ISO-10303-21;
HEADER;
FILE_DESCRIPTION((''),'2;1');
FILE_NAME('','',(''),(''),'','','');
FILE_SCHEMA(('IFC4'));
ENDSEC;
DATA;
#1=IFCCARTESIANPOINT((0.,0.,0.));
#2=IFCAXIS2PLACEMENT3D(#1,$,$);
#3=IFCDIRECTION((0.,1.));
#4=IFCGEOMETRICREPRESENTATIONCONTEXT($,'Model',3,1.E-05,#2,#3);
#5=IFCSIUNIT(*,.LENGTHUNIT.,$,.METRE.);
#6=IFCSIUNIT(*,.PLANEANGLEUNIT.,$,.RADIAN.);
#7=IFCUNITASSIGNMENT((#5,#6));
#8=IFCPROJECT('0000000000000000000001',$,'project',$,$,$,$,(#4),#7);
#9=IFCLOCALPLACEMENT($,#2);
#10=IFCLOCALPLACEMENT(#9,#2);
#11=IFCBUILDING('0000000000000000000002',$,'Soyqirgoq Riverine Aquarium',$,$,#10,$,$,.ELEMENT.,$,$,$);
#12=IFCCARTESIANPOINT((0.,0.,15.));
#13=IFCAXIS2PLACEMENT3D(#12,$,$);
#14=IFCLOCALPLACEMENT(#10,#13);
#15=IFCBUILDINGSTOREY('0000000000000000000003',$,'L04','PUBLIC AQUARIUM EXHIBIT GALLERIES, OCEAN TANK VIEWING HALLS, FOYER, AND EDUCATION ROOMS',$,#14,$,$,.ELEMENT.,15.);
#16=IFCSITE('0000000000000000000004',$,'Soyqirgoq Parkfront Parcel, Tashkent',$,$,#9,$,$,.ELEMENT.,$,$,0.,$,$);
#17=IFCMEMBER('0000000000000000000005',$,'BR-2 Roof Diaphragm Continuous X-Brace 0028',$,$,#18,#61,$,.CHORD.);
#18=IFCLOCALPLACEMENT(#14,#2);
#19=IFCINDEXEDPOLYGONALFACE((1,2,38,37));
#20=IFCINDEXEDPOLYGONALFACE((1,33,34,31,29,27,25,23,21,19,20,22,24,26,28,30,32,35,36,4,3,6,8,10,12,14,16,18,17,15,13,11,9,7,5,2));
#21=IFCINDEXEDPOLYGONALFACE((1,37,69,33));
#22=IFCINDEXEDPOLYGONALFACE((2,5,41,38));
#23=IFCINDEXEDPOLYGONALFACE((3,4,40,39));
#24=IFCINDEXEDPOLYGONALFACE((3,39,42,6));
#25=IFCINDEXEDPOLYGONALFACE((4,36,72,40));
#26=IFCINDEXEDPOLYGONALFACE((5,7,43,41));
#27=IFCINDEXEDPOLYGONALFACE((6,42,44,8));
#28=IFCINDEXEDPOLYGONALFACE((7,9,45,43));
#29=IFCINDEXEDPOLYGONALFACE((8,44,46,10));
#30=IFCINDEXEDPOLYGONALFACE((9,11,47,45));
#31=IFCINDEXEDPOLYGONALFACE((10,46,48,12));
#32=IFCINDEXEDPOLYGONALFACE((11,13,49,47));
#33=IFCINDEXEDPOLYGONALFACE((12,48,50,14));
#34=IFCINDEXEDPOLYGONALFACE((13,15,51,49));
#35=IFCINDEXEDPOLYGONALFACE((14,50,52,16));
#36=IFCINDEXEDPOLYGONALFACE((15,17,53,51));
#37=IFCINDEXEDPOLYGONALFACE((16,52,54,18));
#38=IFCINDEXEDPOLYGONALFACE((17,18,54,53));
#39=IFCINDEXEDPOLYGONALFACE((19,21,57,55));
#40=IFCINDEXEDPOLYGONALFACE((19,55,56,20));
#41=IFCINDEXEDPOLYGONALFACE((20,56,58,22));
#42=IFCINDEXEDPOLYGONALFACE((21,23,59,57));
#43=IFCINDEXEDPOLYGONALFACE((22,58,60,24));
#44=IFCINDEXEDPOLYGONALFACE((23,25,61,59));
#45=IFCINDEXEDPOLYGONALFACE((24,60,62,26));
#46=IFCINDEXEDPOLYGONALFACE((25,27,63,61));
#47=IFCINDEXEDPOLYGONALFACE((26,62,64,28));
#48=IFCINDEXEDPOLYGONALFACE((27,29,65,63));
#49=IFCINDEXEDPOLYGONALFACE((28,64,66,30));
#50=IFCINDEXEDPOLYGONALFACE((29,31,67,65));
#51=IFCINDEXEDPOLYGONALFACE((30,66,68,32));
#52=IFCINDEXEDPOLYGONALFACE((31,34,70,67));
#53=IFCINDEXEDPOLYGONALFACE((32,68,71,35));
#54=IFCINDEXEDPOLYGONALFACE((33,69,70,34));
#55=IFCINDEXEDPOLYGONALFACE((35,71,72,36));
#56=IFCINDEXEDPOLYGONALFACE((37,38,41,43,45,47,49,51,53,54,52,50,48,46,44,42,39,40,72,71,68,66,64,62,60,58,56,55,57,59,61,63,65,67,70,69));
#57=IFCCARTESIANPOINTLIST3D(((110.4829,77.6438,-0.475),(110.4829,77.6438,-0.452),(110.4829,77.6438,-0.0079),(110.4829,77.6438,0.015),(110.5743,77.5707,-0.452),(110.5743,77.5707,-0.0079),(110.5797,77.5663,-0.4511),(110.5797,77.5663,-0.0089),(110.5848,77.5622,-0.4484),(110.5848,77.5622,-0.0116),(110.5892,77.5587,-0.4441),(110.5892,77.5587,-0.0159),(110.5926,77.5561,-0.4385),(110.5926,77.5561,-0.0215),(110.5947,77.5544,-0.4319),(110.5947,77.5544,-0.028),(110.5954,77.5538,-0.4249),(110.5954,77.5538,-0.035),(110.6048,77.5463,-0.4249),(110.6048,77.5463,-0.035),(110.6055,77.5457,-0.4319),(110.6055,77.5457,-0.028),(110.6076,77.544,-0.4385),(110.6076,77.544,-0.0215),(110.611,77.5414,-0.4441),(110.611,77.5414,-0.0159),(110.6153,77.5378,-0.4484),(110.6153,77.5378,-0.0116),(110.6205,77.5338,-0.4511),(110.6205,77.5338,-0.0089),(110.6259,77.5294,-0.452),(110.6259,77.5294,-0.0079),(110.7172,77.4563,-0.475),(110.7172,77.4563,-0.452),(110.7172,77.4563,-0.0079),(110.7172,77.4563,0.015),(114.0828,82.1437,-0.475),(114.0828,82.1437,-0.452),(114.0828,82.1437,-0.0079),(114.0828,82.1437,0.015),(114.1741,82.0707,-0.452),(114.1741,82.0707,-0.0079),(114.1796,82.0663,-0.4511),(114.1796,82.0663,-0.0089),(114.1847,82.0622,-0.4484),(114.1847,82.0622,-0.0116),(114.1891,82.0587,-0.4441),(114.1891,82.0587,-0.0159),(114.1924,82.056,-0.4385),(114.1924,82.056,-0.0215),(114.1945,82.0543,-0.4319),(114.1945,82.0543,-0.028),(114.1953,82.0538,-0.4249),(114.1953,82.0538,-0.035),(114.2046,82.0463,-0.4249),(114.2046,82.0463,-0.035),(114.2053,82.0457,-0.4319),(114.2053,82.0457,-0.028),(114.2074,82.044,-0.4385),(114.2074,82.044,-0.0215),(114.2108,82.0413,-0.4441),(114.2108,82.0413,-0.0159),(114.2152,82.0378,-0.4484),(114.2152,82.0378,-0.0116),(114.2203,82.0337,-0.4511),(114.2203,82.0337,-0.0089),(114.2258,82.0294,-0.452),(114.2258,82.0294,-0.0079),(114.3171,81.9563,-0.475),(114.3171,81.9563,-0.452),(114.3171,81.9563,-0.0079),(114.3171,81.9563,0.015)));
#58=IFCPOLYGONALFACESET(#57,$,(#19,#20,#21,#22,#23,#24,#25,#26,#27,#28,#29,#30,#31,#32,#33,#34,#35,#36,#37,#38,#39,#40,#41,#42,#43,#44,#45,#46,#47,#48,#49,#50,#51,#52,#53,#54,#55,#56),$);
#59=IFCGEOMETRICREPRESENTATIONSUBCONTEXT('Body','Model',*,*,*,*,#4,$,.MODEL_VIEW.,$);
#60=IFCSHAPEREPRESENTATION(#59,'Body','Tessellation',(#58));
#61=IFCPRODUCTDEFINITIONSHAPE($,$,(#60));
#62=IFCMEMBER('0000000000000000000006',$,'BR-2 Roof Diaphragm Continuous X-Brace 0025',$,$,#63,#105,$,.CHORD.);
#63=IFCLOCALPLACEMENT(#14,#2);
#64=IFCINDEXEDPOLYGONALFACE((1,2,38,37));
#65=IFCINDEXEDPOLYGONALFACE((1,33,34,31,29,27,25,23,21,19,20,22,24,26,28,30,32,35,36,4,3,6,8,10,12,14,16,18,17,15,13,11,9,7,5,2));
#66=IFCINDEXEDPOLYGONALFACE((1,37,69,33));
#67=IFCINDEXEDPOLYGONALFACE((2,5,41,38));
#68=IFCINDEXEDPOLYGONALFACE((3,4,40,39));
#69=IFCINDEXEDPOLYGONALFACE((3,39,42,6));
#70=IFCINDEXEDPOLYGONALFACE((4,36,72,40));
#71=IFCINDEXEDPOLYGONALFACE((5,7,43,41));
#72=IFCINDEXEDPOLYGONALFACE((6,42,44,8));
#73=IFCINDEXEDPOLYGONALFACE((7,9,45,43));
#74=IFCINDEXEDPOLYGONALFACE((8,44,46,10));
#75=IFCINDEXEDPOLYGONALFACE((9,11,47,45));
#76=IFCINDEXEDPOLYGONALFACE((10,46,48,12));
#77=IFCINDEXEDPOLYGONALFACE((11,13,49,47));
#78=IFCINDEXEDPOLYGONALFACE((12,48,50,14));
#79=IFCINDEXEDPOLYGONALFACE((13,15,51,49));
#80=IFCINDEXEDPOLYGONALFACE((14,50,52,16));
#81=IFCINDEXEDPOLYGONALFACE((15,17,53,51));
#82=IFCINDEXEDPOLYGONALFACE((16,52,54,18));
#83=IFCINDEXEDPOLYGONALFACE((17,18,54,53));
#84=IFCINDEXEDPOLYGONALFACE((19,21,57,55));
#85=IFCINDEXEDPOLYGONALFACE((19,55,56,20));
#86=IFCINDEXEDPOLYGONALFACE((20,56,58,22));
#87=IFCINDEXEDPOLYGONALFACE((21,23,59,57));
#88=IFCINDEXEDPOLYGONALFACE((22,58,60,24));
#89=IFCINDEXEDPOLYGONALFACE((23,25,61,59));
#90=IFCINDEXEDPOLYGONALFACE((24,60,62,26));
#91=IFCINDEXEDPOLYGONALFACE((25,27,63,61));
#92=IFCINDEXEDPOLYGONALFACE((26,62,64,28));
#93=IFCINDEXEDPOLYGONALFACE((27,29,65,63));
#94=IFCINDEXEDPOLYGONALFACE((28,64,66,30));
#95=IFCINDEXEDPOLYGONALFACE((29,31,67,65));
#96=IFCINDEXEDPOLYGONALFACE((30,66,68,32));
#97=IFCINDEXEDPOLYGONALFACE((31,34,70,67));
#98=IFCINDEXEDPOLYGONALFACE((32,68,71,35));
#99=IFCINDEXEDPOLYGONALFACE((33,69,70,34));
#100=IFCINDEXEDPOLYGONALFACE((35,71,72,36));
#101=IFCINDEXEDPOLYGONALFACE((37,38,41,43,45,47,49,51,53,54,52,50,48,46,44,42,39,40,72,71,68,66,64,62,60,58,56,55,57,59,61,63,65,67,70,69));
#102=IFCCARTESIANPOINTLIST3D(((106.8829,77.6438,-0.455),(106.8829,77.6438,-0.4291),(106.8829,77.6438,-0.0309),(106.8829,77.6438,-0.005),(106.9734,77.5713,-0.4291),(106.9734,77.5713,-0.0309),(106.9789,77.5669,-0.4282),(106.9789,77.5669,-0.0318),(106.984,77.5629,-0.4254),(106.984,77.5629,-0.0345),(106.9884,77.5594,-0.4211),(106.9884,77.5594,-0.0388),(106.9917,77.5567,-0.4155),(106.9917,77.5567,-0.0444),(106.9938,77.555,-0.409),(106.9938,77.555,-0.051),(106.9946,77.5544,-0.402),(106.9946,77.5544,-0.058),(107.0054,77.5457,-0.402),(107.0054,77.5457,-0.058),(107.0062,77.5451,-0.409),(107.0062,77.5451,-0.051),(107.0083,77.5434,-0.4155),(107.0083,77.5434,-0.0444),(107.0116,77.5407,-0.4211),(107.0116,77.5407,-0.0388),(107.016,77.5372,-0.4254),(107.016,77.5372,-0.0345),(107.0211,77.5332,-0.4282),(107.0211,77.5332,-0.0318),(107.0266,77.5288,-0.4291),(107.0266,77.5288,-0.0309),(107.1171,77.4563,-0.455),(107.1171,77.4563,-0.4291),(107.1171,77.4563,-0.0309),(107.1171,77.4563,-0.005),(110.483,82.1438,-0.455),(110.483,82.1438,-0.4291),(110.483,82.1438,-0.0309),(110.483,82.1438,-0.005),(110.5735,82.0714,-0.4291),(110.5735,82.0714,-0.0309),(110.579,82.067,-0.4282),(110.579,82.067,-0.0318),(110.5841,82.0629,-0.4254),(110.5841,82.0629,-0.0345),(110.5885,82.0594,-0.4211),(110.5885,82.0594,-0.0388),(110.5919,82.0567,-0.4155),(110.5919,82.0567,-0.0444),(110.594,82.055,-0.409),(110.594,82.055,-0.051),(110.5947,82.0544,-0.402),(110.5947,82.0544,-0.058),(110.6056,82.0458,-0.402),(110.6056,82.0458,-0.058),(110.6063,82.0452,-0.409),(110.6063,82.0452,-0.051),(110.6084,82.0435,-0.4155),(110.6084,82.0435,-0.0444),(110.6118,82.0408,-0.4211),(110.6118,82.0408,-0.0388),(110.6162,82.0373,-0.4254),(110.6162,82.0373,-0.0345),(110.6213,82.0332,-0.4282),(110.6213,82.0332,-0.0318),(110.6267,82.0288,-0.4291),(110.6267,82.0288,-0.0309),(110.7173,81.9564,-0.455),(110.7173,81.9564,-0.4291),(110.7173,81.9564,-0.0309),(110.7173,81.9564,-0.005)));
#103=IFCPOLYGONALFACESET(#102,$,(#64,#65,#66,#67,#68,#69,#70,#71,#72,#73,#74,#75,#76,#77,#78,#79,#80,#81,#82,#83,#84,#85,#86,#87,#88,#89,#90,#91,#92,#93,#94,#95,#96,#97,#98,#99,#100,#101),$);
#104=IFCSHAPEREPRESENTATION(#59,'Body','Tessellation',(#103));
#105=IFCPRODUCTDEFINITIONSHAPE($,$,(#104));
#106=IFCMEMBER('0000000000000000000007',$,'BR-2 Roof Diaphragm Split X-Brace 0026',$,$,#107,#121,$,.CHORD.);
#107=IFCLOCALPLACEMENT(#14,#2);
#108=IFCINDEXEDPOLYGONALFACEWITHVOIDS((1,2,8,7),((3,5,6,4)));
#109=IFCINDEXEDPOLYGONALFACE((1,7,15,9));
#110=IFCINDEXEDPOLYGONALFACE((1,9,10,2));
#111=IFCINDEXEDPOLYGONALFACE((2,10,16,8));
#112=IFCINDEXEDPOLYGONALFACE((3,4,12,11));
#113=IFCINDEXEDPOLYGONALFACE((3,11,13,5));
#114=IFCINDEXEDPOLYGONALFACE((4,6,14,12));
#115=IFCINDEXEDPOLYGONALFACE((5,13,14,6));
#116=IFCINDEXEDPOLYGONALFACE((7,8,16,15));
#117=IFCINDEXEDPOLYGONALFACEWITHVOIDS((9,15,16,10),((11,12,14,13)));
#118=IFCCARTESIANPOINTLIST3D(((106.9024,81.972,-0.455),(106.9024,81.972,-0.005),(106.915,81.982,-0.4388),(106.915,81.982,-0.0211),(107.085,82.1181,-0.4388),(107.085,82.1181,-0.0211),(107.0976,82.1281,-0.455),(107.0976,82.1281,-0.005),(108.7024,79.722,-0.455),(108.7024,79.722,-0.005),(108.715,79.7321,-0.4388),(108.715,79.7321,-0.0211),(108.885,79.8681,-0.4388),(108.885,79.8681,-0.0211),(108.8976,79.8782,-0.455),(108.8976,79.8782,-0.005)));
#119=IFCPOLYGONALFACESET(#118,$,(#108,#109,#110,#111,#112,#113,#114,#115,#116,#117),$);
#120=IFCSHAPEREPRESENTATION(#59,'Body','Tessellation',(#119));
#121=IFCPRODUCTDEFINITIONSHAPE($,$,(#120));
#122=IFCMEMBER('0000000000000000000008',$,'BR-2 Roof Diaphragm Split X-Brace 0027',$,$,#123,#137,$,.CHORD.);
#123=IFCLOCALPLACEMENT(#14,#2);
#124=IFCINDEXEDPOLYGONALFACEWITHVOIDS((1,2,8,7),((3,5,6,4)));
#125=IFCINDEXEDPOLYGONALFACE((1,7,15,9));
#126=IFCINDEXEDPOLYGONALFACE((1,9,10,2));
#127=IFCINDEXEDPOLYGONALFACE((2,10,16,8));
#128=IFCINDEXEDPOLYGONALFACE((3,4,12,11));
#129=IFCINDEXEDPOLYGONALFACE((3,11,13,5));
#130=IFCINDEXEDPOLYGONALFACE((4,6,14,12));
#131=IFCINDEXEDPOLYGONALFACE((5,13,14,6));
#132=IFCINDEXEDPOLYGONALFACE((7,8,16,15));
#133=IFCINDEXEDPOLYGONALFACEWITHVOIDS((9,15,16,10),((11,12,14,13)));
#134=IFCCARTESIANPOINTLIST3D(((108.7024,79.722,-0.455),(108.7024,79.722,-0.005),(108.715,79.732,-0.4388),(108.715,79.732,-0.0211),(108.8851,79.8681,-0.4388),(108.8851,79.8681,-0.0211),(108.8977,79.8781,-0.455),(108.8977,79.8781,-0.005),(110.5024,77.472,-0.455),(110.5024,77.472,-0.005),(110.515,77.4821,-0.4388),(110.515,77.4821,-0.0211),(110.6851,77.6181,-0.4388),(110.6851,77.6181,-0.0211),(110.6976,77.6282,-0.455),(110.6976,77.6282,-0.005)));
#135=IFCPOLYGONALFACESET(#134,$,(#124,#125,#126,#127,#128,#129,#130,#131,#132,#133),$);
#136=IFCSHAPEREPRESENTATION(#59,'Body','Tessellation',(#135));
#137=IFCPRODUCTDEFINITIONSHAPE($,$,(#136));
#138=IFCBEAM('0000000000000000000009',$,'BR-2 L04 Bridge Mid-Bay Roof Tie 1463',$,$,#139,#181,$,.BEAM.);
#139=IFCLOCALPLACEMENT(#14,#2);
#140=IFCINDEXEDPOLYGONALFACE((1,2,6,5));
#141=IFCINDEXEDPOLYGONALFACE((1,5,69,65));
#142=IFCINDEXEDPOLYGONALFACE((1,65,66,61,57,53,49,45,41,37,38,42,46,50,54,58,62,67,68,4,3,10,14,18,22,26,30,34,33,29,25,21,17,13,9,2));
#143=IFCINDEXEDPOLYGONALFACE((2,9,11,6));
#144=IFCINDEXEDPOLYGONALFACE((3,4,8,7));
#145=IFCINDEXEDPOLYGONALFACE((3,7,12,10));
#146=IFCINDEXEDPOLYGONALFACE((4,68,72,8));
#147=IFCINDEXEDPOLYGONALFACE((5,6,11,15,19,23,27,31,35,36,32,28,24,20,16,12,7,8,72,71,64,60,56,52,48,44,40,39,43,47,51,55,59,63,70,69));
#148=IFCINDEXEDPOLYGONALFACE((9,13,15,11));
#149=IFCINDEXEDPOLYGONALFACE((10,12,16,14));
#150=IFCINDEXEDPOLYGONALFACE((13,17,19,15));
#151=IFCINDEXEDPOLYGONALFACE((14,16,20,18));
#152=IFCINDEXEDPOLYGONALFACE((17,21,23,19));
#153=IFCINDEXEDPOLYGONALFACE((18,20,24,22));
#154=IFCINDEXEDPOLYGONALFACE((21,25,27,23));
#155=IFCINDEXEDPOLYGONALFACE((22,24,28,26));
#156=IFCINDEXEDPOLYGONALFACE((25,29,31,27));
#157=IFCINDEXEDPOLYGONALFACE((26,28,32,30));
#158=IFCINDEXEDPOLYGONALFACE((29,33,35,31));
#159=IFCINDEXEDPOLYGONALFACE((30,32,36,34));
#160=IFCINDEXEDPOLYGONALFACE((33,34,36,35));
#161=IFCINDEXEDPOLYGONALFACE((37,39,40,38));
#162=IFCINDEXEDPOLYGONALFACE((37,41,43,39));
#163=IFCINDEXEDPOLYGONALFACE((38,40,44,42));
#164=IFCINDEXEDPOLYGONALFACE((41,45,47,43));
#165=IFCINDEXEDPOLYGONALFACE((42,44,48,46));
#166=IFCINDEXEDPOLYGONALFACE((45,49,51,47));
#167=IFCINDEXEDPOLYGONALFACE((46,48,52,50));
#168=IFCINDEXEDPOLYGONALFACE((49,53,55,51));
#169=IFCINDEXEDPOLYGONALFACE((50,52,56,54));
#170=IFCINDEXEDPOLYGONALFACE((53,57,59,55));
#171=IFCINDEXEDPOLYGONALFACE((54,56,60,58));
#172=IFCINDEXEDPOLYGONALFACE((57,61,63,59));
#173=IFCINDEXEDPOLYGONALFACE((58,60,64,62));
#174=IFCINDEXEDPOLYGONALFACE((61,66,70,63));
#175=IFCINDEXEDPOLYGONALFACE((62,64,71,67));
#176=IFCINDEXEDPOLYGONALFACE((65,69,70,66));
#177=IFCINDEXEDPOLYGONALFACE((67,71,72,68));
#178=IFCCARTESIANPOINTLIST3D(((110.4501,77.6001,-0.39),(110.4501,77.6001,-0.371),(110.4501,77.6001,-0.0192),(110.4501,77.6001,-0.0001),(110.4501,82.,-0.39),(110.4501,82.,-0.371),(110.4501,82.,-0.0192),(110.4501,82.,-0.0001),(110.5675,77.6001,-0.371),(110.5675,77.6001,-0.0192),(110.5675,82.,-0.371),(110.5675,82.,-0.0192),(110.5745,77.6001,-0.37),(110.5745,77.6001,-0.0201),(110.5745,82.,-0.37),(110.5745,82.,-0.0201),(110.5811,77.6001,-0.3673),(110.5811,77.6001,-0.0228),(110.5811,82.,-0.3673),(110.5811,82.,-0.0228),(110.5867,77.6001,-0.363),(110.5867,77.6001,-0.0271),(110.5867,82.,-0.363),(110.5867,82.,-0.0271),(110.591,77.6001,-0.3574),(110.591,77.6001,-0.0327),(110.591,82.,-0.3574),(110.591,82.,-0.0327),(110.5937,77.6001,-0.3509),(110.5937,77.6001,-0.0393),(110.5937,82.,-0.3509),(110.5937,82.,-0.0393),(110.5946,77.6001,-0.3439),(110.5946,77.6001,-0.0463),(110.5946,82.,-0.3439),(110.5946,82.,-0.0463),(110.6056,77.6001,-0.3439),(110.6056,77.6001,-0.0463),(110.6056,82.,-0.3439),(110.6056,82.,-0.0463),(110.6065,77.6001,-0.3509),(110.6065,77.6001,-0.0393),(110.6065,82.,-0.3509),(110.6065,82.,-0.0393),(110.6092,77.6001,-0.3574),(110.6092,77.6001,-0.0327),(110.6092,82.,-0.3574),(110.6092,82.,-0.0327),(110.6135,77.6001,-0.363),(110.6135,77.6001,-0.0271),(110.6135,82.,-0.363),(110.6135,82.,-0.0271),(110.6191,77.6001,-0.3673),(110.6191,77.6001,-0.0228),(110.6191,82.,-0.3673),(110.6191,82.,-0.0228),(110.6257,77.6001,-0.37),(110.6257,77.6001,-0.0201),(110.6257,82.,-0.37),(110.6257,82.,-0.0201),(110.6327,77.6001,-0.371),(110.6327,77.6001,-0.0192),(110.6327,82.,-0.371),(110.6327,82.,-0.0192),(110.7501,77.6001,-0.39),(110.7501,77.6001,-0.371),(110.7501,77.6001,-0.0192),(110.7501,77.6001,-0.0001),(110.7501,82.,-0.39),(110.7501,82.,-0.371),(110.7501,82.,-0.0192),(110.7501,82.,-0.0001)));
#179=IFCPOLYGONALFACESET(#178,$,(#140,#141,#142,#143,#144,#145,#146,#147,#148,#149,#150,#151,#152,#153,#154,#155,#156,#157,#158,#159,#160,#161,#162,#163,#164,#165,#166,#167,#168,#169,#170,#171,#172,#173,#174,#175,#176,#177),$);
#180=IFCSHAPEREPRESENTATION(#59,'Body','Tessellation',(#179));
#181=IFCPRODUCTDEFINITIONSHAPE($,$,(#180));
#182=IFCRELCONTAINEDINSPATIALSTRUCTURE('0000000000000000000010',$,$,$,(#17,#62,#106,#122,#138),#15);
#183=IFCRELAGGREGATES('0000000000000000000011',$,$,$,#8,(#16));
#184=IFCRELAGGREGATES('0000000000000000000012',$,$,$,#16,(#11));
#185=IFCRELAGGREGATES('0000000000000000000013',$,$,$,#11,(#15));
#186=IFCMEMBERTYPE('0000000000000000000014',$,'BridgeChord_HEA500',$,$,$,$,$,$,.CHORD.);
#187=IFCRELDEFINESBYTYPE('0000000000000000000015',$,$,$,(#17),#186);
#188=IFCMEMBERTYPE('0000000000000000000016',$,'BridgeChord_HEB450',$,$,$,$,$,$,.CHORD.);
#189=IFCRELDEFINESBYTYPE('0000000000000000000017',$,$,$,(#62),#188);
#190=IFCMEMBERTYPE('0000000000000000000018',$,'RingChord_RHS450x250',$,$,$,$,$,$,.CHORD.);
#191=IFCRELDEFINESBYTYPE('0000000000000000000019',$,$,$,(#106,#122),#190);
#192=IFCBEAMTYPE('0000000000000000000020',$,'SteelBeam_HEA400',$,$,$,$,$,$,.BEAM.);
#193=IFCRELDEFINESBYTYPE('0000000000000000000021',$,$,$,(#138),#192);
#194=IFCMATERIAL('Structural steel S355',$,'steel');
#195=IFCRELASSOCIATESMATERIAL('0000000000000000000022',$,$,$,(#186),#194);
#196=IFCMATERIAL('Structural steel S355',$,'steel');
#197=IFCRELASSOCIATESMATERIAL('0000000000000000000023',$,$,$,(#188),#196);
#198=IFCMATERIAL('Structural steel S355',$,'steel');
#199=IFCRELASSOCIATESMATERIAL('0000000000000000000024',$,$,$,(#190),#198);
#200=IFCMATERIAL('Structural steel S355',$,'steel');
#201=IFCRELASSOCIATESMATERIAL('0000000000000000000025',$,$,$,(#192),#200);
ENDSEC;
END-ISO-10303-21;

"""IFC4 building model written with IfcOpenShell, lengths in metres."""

from ifc_helpers import new_model, si_unit, direction, frame, origin, origin_2d, place, context, subcontext, project, spatial, hollow_rectangle, i_section, extrude, material, material_profile, profile_set, type_object, element, save


model = new_model("IFC4")

# Units and contexts
model_context = context("Model", 3, precision=1e-05, world=origin(), true_north=direction((0.0, 1.0)))
body_context = subcontext(model_context, "Body", "Model", "MODEL_VIEW")
ifc_project = project(units=[si_unit("LENGTHUNIT", "METRE"), si_unit("PLANEANGLEUNIT", "RADIAN")], contexts=[model_context])

# Site, building, storey
site_placement = place(None, origin())
site = spatial("IfcSite", under=ifc_project, at=site_placement, Name="Soyqirgoq Parkfront Parcel, Tashkent", CompositionType="ELEMENT", RefElevation=0.0)
building_placement = place(site_placement, origin())
building = spatial("IfcBuilding", under=site, at=building_placement, Name="Soyqirgoq Riverine Aquarium", CompositionType="ELEMENT")
storey_placement = place(building_placement, frame((0.0, 0.0, 15.0)))
storey = spatial("IfcBuildingStorey", under=building, at=storey_placement, Name="L04", Description="PUBLIC AQUARIUM EXHIBIT GALLERIES, OCEAN TANK VIEWING HALLS, FOYER, AND EDUCATION ROOMS", CompositionType="ELEMENT", Elevation=15.0)

# Members
ifc_material_1 = material(Name="Structural steel S355", Category="steel")
ifc_material_profile_1 = material_profile(ifc_material_1, i_section(OverallWidth=0.3, OverallDepth=0.49, WebThickness=0.012, FlangeThickness=0.0229, FilletRadius=0.0271, at=origin_2d()), Name="HEA 500")
ifc_profile_set_1 = profile_set([ifc_material_profile_1], Name="Structural steel S355")
member_type_1 = type_object("IfcMemberType", Name="BridgeChord_HEA500", PredefinedType="CHORD", material=ifc_profile_set_1)
member_1_placement = place(storey_placement, frame((110.6001, 77.55, -0.23), z_axis=(0.62468, 0.780881, 0.0), x_axis=(-0.780881, 0.62468, 0.0)))
element("IfcMember", 1, at=member_1_placement, inside=storey, type_object=member_type_1, Name="BR-2 Roof Diaphragm Continuous X-Brace 0028", PredefinedType="CHORD", context=body_context, shape_type="SweptSolid", body=[
    extrude(i_section(OverallWidth=0.3, OverallDepth=0.49, WebThickness=0.012, FlangeThickness=0.0229, FilletRadius=0.0271, at=origin_2d()), origin(), (0.0, 0.0, 1.0), 5.7627),
])
ifc_material_2 = material(Name="Structural steel S355", Category="steel")
ifc_material_profile_2 = material_profile(ifc_material_2, i_section(OverallWidth=0.3, OverallDepth=0.45, WebThickness=0.0139, FlangeThickness=0.0259, FilletRadius=0.0271, at=origin_2d()), Name="HEB 450")
ifc_profile_set_2 = profile_set([ifc_material_profile_2], Name="Structural steel S355")
member_type_2 = type_object("IfcMemberType", Name="BridgeChord_HEB450", PredefinedType="CHORD", material=ifc_profile_set_2)
member_2_placement = place(storey_placement, frame((107.0, 77.55, -0.23), z_axis=(0.624705, 0.780861, 0.0), x_axis=(-0.780861, 0.624705, 0.0)))
element("IfcMember", 2, at=member_2_placement, inside=storey, type_object=member_type_2, Name="BR-2 Roof Diaphragm Continuous X-Brace 0025", PredefinedType="CHORD", context=body_context, shape_type="SweptSolid", body=[
    extrude(i_section(OverallWidth=0.3, OverallDepth=0.45, WebThickness=0.0139, FlangeThickness=0.0259, FilletRadius=0.0271, at=origin_2d()), origin(), (0.0, 0.0, 1.0), 5.7629),
])
ifc_material_3 = material(Name="Structural steel S355", Category="steel")
ifc_material_profile_3 = material_profile(ifc_material_3, hollow_rectangle(XDim=0.25, YDim=0.45, WallThickness=0.0161, at=origin_2d()), Name="RHS 450x250x16")
ifc_profile_set_3 = profile_set([ifc_material_profile_3], Name="Structural steel S355")
member_type_3 = type_object("IfcMemberType", Name="RingChord_RHS450x250", PredefinedType="CHORD", material=ifc_profile_set_3)
for number, where, z_axis, x_axis, name in (
    (3, (107.0, 82.05, -0.23), (0.624705, -0.780861, 0.0), (0.780861, 0.624705, 0.0), "BR-2 Roof Diaphragm Split X-Brace 0026"),
    (4, (108.8, 79.8, -0.23), (0.624705, -0.780861, 0.0), (0.780861, 0.624705, 0.0), "BR-2 Roof Diaphragm Split X-Brace 0027"),
):
    element("IfcMember", number, at=place(storey_placement, frame(where, z_axis=z_axis, x_axis=x_axis)), inside=storey, type_object=member_type_3, Name=name, PredefinedType="CHORD", context=body_context, shape_type="SweptSolid", body=[
        extrude(hollow_rectangle(XDim=0.25, YDim=0.45, WallThickness=0.0161, at=origin_2d()), origin(), (0.0, 0.0, 1.0), 2.8813),
    ])

# Beam
ifc_material_4 = material(Name="Structural steel S355", Category="steel")
ifc_material_profile_4 = material_profile(ifc_material_4, i_section(OverallWidth=0.3, OverallDepth=0.3899, WebThickness=0.011, FlangeThickness=0.019, FilletRadius=0.0271, at=origin_2d()), Name="HEA 400")
ifc_profile_set_4 = profile_set([ifc_material_profile_4], Name="Structural steel S355")
beam_type_1 = type_object("IfcBeamType", Name="SteelBeam_HEA400", PredefinedType="BEAM", material=ifc_profile_set_4)
for number, where, z_axis, x_axis, name in (
    (5, (110.6001, 77.6001, -0.1951), (0.0, 1.0, 0.0), (-1.0, 0.0, 0.0), "BR-2 L04 Bridge Mid-Bay Roof Tie 1463"),
):
    element("IfcBeam", number, at=place(storey_placement, frame(where, z_axis=z_axis, x_axis=x_axis)), inside=storey, type_object=beam_type_1, Name=name, PredefinedType="BEAM", context=body_context, shape_type="SweptSolid", body=[
        extrude(i_section(OverallWidth=0.3, OverallDepth=0.3899, WebThickness=0.011, FlangeThickness=0.019, FilletRadius=0.0271, at=origin_2d()), origin(), (0.0, 0.0, 1.0), 4.3999),
    ])

save(model, "model.ifc")
